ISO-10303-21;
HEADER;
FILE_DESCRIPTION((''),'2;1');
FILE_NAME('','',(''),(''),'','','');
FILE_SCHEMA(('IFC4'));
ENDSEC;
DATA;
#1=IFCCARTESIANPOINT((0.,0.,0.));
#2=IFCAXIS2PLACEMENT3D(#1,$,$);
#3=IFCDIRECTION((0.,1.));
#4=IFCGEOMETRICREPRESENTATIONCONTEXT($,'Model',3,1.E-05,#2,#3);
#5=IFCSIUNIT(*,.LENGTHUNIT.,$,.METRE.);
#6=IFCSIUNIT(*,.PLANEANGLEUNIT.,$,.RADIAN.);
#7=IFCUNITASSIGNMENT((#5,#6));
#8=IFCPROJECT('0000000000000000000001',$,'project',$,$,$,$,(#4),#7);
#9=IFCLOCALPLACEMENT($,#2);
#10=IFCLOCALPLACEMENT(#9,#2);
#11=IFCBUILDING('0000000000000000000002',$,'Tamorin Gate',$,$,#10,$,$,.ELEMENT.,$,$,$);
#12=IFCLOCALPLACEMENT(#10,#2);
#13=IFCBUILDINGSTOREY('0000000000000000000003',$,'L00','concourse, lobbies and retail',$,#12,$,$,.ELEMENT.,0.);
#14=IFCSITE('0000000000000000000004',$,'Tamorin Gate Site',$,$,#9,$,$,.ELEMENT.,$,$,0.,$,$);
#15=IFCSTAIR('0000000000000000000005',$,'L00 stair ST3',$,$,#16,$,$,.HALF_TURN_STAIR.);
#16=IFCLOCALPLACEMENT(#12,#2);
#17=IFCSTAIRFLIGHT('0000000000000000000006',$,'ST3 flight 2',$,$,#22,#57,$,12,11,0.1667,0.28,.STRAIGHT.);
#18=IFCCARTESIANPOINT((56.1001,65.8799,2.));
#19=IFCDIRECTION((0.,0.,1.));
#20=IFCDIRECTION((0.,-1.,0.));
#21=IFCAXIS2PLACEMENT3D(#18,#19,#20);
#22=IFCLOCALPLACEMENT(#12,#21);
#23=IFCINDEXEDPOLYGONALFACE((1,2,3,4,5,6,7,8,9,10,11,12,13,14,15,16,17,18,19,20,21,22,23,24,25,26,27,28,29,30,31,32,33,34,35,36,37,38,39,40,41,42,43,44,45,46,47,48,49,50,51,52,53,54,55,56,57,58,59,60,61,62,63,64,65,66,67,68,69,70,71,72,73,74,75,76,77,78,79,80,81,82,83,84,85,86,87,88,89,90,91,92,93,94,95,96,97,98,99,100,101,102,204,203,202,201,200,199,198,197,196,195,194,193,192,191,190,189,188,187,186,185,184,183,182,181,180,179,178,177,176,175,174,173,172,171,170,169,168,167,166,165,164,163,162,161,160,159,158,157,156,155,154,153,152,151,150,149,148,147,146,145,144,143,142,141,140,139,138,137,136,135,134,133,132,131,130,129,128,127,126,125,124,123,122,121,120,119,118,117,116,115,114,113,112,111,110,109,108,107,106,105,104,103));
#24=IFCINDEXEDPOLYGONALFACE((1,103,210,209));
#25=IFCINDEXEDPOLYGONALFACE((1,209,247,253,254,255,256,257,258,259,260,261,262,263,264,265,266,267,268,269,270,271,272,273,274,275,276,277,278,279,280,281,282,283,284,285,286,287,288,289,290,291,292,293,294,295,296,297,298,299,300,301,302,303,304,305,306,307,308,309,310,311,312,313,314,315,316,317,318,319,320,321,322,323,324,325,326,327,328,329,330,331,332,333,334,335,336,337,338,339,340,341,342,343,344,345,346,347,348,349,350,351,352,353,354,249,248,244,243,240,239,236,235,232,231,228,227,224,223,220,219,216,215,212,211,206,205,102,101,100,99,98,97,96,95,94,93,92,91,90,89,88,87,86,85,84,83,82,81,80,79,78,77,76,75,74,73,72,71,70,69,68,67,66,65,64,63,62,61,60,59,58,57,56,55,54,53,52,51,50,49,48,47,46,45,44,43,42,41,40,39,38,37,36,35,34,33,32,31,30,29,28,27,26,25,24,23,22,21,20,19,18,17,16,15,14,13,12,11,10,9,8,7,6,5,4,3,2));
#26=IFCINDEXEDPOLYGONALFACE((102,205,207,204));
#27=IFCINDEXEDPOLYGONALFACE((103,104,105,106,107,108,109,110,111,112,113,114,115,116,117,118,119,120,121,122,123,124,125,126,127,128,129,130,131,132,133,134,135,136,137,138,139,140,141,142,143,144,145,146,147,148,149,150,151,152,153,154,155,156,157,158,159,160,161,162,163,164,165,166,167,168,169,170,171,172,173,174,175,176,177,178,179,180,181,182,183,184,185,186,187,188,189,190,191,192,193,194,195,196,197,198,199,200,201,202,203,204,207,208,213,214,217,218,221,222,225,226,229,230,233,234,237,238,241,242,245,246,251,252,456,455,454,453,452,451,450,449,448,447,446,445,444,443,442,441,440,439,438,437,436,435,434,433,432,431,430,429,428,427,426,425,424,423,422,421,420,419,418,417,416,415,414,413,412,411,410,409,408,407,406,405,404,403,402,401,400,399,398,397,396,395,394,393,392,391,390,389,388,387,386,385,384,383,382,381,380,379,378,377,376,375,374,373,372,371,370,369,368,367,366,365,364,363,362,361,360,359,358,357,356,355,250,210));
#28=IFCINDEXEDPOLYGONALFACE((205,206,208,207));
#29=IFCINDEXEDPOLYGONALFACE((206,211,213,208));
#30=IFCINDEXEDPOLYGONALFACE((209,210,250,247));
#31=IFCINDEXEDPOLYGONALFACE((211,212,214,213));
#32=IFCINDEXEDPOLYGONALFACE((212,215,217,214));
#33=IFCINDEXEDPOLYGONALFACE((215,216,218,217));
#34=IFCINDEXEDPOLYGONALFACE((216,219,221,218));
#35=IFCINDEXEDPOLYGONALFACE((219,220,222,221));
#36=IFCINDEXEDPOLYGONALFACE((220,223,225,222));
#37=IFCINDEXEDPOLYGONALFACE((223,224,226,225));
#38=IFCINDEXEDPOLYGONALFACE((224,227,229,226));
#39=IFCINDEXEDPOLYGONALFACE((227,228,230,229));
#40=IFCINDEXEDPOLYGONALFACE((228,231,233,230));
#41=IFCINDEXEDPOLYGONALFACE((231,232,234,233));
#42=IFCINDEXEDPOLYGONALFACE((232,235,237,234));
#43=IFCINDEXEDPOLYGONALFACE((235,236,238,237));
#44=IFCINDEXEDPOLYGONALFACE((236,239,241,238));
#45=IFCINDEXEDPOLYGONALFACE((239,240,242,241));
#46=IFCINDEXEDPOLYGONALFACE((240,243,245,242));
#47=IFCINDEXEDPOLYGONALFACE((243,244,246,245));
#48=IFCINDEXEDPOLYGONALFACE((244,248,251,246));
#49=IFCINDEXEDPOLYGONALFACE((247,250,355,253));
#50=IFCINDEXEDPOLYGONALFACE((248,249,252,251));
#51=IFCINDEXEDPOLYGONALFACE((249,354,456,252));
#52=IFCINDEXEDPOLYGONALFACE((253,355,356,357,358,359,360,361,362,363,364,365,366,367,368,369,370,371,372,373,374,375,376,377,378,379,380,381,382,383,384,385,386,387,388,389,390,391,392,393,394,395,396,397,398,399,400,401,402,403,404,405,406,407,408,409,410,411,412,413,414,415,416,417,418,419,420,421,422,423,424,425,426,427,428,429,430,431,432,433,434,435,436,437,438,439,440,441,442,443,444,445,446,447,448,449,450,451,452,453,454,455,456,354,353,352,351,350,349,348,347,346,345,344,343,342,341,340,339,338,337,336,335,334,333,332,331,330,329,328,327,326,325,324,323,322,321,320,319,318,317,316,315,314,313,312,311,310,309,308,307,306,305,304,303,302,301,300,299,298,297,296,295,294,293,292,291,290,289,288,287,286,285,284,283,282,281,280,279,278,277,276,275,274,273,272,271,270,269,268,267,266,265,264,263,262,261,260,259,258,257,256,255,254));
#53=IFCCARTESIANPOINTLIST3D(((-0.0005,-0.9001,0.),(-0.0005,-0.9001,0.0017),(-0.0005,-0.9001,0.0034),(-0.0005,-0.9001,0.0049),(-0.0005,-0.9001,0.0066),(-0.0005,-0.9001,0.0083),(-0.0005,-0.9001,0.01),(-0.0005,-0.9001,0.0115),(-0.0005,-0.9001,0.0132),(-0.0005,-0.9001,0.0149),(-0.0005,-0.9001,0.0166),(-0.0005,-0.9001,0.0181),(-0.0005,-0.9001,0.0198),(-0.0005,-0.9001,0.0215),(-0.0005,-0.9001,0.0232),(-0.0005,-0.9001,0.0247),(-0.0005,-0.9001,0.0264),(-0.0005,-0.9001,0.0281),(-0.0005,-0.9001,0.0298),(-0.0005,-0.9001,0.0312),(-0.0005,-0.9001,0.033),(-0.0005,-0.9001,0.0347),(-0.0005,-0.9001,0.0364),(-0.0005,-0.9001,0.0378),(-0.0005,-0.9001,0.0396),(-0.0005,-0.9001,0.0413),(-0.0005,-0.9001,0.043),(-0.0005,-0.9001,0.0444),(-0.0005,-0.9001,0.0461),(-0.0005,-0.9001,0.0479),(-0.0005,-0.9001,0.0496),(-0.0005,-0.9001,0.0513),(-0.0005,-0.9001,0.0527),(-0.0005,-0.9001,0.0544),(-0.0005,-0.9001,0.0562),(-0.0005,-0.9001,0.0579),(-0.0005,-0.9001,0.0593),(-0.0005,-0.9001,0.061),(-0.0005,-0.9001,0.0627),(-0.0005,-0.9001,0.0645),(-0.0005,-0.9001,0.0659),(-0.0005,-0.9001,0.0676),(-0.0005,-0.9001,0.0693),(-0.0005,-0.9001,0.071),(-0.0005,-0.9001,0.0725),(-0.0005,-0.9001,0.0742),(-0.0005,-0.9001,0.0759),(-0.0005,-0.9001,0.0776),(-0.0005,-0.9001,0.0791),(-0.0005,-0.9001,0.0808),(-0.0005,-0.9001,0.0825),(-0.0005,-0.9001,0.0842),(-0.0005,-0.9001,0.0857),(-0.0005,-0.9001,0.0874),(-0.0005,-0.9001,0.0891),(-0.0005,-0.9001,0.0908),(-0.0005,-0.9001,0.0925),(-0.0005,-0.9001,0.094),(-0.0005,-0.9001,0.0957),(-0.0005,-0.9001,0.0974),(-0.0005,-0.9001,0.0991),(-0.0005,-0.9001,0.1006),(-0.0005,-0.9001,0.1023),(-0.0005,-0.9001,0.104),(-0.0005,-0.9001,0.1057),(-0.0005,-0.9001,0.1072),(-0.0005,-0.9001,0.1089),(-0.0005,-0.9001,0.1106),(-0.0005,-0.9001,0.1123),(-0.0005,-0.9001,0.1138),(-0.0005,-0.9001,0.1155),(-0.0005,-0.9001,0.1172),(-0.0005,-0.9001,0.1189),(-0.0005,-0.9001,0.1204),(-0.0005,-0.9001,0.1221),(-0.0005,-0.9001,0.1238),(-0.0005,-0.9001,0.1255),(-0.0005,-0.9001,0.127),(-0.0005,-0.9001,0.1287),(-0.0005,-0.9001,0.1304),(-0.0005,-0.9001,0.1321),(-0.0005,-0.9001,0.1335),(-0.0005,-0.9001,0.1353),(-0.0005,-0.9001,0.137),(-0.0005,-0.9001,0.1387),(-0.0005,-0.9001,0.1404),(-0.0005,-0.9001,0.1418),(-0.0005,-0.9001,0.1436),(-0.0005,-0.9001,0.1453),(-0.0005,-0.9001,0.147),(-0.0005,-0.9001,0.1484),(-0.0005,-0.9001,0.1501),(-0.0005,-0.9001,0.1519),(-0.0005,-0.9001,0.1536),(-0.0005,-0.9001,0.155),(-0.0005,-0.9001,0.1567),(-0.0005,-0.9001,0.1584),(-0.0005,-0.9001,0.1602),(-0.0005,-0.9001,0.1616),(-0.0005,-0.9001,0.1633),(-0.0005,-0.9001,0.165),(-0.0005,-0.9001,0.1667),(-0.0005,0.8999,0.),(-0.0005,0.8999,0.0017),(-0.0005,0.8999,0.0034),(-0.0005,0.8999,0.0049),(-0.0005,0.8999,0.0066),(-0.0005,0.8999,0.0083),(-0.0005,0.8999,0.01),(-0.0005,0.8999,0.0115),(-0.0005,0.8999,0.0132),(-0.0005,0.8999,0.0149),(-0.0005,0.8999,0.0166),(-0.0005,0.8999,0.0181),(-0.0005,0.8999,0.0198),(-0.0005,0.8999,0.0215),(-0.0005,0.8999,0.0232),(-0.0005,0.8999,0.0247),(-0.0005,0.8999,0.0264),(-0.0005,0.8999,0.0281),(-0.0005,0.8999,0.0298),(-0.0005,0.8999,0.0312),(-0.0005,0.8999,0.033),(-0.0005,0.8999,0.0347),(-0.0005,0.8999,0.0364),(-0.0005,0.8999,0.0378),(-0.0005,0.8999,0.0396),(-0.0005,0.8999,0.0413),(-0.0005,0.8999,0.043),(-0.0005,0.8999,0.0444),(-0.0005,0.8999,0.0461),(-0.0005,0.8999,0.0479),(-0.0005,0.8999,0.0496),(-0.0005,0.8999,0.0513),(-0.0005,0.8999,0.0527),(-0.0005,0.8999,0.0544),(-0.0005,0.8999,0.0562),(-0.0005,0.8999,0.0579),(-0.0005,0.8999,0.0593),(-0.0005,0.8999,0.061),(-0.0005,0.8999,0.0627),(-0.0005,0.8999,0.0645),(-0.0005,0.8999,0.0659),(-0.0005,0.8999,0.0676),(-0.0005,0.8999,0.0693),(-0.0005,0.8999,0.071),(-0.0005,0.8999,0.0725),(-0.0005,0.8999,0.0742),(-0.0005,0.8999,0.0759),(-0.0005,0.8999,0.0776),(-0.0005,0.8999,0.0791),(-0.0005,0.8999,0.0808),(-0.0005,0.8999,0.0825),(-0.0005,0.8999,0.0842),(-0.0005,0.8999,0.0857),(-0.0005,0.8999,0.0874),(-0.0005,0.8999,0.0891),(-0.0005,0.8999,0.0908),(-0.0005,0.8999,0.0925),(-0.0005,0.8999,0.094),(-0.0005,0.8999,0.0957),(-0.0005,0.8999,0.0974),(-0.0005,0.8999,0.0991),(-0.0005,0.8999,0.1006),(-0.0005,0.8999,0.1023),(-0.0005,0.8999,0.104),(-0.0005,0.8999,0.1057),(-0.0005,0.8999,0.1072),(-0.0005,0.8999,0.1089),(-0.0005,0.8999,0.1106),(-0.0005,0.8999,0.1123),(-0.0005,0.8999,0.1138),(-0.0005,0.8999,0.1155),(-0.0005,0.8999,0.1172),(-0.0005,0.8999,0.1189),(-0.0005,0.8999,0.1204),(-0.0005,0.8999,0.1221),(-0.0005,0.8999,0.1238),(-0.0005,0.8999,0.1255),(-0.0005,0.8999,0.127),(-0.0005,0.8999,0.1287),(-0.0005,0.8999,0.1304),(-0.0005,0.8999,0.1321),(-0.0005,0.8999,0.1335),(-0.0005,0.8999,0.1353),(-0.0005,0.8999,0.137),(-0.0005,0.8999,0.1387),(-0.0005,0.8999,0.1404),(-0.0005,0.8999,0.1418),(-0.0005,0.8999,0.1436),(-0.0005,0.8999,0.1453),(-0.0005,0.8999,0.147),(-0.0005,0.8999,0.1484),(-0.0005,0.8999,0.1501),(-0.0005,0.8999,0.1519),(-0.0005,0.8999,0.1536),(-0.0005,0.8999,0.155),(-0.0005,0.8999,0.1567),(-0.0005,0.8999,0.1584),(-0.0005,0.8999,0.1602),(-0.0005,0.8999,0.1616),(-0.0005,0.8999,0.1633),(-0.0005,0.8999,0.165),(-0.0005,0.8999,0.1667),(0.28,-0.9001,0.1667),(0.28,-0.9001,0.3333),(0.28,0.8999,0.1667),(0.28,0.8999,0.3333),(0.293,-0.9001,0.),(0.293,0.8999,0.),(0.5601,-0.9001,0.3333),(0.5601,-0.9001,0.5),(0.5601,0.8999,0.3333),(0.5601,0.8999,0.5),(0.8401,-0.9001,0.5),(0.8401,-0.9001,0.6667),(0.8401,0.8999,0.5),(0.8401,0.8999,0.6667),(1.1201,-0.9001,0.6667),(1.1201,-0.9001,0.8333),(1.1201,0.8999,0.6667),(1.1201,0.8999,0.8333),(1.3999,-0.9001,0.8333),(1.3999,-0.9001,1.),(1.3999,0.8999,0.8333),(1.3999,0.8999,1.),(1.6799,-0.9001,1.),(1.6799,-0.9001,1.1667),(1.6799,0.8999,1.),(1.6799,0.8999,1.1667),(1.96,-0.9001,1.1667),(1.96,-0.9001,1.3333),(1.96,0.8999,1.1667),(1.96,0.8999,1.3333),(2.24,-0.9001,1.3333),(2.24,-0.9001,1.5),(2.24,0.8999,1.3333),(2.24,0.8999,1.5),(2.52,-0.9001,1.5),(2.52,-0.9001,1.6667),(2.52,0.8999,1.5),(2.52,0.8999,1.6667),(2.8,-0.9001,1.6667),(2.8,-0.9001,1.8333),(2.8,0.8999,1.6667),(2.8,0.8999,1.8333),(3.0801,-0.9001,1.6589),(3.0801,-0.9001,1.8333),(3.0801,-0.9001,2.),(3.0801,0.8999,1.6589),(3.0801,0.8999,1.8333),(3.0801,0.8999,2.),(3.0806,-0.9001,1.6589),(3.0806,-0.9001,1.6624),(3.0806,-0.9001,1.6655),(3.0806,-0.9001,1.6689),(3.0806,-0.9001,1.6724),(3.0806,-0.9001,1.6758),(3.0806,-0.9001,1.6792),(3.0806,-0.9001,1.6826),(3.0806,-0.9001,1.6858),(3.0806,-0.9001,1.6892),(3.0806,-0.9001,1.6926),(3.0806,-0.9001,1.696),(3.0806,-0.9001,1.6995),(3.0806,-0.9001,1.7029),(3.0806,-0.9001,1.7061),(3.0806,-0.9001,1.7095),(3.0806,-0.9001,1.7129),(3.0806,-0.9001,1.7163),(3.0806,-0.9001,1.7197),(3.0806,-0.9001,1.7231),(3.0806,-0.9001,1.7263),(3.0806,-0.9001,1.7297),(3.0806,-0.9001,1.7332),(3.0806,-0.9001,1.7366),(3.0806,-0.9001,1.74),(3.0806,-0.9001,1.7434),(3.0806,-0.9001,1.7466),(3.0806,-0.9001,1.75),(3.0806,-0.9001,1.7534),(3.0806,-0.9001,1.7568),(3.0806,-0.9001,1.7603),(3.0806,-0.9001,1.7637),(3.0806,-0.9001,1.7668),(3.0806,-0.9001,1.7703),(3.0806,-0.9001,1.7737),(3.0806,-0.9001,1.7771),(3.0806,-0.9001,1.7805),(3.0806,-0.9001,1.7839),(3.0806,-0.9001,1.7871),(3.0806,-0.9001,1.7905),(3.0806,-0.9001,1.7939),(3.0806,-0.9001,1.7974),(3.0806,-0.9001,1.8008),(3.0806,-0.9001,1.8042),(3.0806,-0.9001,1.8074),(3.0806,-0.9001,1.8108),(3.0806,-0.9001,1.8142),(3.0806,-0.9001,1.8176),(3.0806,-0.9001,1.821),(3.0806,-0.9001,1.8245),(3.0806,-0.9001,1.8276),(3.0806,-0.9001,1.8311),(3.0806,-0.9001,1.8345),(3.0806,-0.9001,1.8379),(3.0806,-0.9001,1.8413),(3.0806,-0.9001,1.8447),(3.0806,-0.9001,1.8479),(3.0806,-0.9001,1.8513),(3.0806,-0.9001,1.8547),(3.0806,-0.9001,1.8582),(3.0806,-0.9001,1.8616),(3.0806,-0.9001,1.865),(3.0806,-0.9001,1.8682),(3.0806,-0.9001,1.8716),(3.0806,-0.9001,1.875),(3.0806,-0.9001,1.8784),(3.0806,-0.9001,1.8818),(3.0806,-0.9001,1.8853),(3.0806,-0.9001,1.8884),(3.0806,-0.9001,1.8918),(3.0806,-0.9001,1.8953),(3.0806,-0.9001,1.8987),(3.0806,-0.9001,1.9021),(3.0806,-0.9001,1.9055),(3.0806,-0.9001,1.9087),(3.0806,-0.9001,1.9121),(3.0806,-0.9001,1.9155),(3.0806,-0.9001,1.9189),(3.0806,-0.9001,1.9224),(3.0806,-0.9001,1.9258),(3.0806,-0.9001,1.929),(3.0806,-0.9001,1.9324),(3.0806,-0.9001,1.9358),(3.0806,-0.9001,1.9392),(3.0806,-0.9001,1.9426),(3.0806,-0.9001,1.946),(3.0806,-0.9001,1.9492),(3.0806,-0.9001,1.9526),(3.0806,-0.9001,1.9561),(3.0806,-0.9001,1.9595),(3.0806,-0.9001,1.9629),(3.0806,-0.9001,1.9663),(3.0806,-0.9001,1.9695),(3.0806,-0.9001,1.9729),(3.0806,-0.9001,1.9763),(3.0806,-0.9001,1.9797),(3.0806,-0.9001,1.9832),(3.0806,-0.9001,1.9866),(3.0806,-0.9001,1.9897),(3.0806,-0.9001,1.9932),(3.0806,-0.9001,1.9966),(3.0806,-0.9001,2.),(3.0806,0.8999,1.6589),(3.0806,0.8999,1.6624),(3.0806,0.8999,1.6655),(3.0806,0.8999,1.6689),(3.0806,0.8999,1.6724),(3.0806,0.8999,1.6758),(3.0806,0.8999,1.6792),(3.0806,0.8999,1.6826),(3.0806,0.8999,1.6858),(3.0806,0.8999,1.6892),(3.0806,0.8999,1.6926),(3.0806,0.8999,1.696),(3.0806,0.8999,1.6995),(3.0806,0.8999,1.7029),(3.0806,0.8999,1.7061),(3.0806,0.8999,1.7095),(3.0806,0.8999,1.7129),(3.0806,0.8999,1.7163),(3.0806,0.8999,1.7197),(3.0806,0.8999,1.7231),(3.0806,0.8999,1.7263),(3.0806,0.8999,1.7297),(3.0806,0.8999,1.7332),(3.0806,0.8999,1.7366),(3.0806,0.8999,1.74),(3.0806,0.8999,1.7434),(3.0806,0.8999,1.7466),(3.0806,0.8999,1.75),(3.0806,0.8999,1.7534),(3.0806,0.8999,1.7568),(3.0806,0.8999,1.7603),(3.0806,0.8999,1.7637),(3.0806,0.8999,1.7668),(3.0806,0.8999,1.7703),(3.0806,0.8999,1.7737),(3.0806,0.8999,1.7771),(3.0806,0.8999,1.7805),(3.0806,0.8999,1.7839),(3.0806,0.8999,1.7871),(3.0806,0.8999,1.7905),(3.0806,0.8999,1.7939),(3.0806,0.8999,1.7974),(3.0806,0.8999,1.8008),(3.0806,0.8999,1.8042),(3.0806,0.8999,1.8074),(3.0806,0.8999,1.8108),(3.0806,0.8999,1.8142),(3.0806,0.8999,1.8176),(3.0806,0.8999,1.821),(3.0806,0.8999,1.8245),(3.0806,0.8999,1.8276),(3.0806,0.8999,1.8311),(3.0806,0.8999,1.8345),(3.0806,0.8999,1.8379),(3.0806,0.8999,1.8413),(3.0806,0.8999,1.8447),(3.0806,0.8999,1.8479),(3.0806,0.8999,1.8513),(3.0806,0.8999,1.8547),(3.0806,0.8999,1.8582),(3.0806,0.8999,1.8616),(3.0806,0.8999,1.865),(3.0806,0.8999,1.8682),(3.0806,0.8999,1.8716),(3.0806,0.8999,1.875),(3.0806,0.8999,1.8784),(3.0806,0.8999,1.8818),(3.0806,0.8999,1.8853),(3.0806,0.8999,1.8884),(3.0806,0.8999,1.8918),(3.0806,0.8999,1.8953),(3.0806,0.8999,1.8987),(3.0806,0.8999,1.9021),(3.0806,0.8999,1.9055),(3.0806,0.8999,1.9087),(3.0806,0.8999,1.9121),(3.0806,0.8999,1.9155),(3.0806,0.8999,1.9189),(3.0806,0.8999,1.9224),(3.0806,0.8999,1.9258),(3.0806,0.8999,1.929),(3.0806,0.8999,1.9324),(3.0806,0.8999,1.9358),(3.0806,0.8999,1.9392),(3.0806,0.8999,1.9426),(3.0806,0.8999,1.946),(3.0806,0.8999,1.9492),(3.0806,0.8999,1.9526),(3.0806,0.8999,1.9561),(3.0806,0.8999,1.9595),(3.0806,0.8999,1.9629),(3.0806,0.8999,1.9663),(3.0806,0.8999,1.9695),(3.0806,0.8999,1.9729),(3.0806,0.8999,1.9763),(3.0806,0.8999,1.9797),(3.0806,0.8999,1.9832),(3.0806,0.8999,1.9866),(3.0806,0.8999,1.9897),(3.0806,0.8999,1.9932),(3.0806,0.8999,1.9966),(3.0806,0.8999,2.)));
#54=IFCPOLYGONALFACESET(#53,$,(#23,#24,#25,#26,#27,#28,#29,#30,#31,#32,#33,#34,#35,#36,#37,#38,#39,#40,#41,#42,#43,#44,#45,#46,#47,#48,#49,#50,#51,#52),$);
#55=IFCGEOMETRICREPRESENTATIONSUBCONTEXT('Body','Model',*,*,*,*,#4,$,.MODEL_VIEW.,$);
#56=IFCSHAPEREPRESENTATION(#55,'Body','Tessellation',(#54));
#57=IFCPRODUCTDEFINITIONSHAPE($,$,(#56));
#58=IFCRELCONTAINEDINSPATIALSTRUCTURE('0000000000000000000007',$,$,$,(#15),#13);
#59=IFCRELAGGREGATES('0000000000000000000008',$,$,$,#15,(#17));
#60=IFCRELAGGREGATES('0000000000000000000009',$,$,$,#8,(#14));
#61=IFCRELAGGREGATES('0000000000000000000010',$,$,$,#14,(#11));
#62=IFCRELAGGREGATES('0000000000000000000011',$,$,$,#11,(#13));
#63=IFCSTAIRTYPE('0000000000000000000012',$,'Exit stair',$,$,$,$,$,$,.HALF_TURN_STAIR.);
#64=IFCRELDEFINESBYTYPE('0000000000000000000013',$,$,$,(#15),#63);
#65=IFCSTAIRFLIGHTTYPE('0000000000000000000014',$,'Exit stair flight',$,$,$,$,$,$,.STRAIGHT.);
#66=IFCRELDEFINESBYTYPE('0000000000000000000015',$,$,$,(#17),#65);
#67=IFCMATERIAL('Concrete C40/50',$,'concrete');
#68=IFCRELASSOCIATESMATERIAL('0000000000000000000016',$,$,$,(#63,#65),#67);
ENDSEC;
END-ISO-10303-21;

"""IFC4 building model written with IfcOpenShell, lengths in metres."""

from ifc_helpers import new_model, si_unit, direction, frame, origin, place, context, subcontext, project, spatial, polyline, outline, extrude, material, type_object, element, aggregate, save


model = new_model("IFC4")

# Units and contexts
model_context = context("Model", 3, precision=1e-05, world=origin(), true_north=direction((0.0, 1.0)))
body_context = subcontext(model_context, "Body", "Model", "MODEL_VIEW")
ifc_project = project(units=[si_unit("LENGTHUNIT", "METRE"), si_unit("PLANEANGLEUNIT", "RADIAN")], contexts=[model_context])

# Site, building, storey
site_placement = place(None, origin())
site = spatial("IfcSite", under=ifc_project, at=site_placement, Name="Tamorin Gate Site", CompositionType="ELEMENT", RefElevation=0.0)
building_placement = place(site_placement, origin())
building = spatial("IfcBuilding", under=site, at=building_placement, Name="Tamorin Gate", CompositionType="ELEMENT")
storey_placement = place(building_placement, origin())
storey = spatial("IfcBuildingStorey", under=building, at=storey_placement, Name="L00", Description="concourse, lobbies and retail", CompositionType="ELEMENT", Elevation=0.0)

# Shared definitions
ifc_material_1 = material(Name="Concrete C40/50", Category="concrete")

# Stair, stair flight
stair_type = type_object("IfcStairType", Name="Exit stair", PredefinedType="HALF_TURN_STAIR", material=ifc_material_1)
stair_placement = place(storey_placement, origin())
stair = element("IfcStair", 1, at=stair_placement, inside=storey, type_object=stair_type, Name="L00 stair ST3", PredefinedType="HALF_TURN_STAIR")
stair_flight_type = type_object("IfcStairFlightType", Name="Exit stair flight", PredefinedType="STRAIGHT", material=ifc_material_1)
stair_flight_1_placement = place(storey_placement, frame((56.1001, 65.8799, 2.0), z_axis=(0.0, 0.0, 1.0), x_axis=(0.0, -1.0, 0.0)))
stair_flight_1 = element("IfcStairFlight", 2, at=stair_flight_1_placement, type_object=stair_flight_type, Name="ST3 flight 2", NumberOfRisers=12, NumberOfTreads=11, PredefinedType="STRAIGHT", RiserHeight=0.1667, TreadLength=0.28, context=body_context, shape_type="SweptSolid", body=[
    extrude(outline(polyline([(-0.0005, 0.0), (-0.0005, 0.0017), (-0.0005, 0.0034), (-0.0005, 0.0049), (-0.0005, 0.0066), (-0.0005, 0.0083), (-0.0005, 0.01), (-0.0005, 0.0115), (-0.0005, 0.0132), (-0.0005, 0.0149), (-0.0005, 0.0166), (-0.0005, 0.0181), (-0.0005, 0.0198), (-0.0005, 0.0215), (-0.0005, 0.0232), (-0.0005, 0.0247), (-0.0005, 0.0264), (-0.0005, 0.0281), (-0.0005, 0.0298), (-0.0005, 0.0312), (-0.0005, 0.033), (-0.0005, 0.0347), (-0.0005, 0.0364), (-0.0005, 0.0378), (-0.0005, 0.0396), (-0.0005, 0.0413), (-0.0005, 0.043), (-0.0005, 0.0444), (-0.0005, 0.0461), (-0.0005, 0.0479), (-0.0005, 0.0496), (-0.0005, 0.0513), (-0.0005, 0.0527), (-0.0005, 0.0544), (-0.0005, 0.0562), (-0.0005, 0.0579), (-0.0005, 0.0593), (-0.0005, 0.061), (-0.0005, 0.0627), (-0.0005, 0.0645), (-0.0005, 0.0659), (-0.0005, 0.0676), (-0.0005, 0.0693), (-0.0005, 0.071), (-0.0005, 0.0725), (-0.0005, 0.0742), (-0.0005, 0.0759), (-0.0005, 0.0776), (-0.0005, 0.0791), (-0.0005, 0.0808), (-0.0005, 0.0825), (-0.0005, 0.0842), (-0.0005, 0.0857), (-0.0005, 0.0874), (-0.0005, 0.0891), (-0.0005, 0.0908), (-0.0005, 0.0925), (-0.0005, 0.094), (-0.0005, 0.0957), (-0.0005, 0.0974), (-0.0005, 0.0991), (-0.0005, 0.1006), (-0.0005, 0.1023), (-0.0005, 0.104), (-0.0005, 0.1057), (-0.0005, 0.1072), (-0.0005, 0.1089), (-0.0005, 0.1106), (-0.0005, 0.1123), (-0.0005, 0.1138), (-0.0005, 0.1155), (-0.0005, 0.1172), (-0.0005, 0.1189), (-0.0005, 0.1204), (-0.0005, 0.1221), (-0.0005, 0.1238), (-0.0005, 0.1255), (-0.0005, 0.127), (-0.0005, 0.1287), (-0.0005, 0.1304), (-0.0005, 0.1321), (-0.0005, 0.1335), (-0.0005, 0.1353), (-0.0005, 0.137), (-0.0005, 0.1387), (-0.0005, 0.1404), (-0.0005, 0.1418), (-0.0005, 0.1436), (-0.0005, 0.1453), (-0.0005, 0.147), (-0.0005, 0.1484), (-0.0005, 0.1501), (-0.0005, 0.1519), (-0.0005, 0.1536), (-0.0005, 0.155), (-0.0005, 0.1567), (-0.0005, 0.1584), (-0.0005, 0.1602), (-0.0005, 0.1616), (-0.0005, 0.1633), (-0.0005, 0.165), (-0.0005, 0.1667), (0.28, 0.1667), (0.28, 0.3333), (0.5601, 0.3333), (0.5601, 0.5), (0.8401, 0.5), (0.8401, 0.6667), (1.1201, 0.6667), (1.1201, 0.8333), (1.3999, 0.8333), (1.3999, 1.0), (1.6799, 1.0), (1.6799, 1.1667), (1.96, 1.1667), (1.96, 1.3333), (2.24, 1.3333), (2.24, 1.5), (2.52, 1.5), (2.52, 1.6667), (2.8, 1.6667), (2.8, 1.8333), (3.0801, 1.8333), (3.0801, 2.0), (3.0806, 2.0), (3.0806, 1.9966), (3.0806, 1.9932), (3.0806, 1.9897), (3.0806, 1.9866), (3.0806, 1.9832), (3.0806, 1.9797), (3.0806, 1.9763), (3.0806, 1.9729), (3.0806, 1.9695), (3.0806, 1.9663), (3.0806, 1.9629), (3.0806, 1.9595), (3.0806, 1.9561), (3.0806, 1.9526), (3.0806, 1.9492), (3.0806, 1.946), (3.0806, 1.9426), (3.0806, 1.9392), (3.0806, 1.9358), (3.0806, 1.9324), (3.0806, 1.929), (3.0806, 1.9258), (3.0806, 1.9224), (3.0806, 1.9189), (3.0806, 1.9155), (3.0806, 1.9121), (3.0806, 1.9087), (3.0806, 1.9055), (3.0806, 1.9021), (3.0806, 1.8987), (3.0806, 1.8953), (3.0806, 1.8918), (3.0806, 1.8884), (3.0806, 1.8853), (3.0806, 1.8818), (3.0806, 1.8784), (3.0806, 1.875), (3.0806, 1.8716), (3.0806, 1.8682), (3.0806, 1.865), (3.0806, 1.8616), (3.0806, 1.8582), (3.0806, 1.8547), (3.0806, 1.8513), (3.0806, 1.8479), (3.0806, 1.8447), (3.0806, 1.8413), (3.0806, 1.8379), (3.0806, 1.8345), (3.0806, 1.8311), (3.0806, 1.8276), (3.0806, 1.8245), (3.0806, 1.821), (3.0806, 1.8176), (3.0806, 1.8142), (3.0806, 1.8108), (3.0806, 1.8074), (3.0806, 1.8042), (3.0806, 1.8008), (3.0806, 1.7974), (3.0806, 1.7939), (3.0806, 1.7905), (3.0806, 1.7871), (3.0806, 1.7839), (3.0806, 1.7805), (3.0806, 1.7771), (3.0806, 1.7737), (3.0806, 1.7703), (3.0806, 1.7668), (3.0806, 1.7637), (3.0806, 1.7603), (3.0806, 1.7568), (3.0806, 1.7534), (3.0806, 1.75), (3.0806, 1.7466), (3.0806, 1.7434), (3.0806, 1.74), (3.0806, 1.7366), (3.0806, 1.7332), (3.0806, 1.7297), (3.0806, 1.7263), (3.0806, 1.7231), (3.0806, 1.7197), (3.0806, 1.7163), (3.0806, 1.7129), (3.0806, 1.7095), (3.0806, 1.7061), (3.0806, 1.7029), (3.0806, 1.6995), (3.0806, 1.696), (3.0806, 1.6926), (3.0806, 1.6892), (3.0806, 1.6858), (3.0806, 1.6826), (3.0806, 1.6792), (3.0806, 1.6758), (3.0806, 1.6724), (3.0806, 1.6689), (3.0806, 1.6655), (3.0806, 1.6624), (3.0806, 1.6589), (3.0801, 1.6589), (0.293, 0.0), (-0.0005, 0.0)])), frame((0.0, 0.8999, 0.0), z_axis=(0.0, -1.0, 0.0), x_axis=(1.0, 0.0, 0.0)), (0.0, 0.0, 1.0), 1.8),
])
aggregate(stair, [stair_flight_1])

save(model, "model.ifc")
